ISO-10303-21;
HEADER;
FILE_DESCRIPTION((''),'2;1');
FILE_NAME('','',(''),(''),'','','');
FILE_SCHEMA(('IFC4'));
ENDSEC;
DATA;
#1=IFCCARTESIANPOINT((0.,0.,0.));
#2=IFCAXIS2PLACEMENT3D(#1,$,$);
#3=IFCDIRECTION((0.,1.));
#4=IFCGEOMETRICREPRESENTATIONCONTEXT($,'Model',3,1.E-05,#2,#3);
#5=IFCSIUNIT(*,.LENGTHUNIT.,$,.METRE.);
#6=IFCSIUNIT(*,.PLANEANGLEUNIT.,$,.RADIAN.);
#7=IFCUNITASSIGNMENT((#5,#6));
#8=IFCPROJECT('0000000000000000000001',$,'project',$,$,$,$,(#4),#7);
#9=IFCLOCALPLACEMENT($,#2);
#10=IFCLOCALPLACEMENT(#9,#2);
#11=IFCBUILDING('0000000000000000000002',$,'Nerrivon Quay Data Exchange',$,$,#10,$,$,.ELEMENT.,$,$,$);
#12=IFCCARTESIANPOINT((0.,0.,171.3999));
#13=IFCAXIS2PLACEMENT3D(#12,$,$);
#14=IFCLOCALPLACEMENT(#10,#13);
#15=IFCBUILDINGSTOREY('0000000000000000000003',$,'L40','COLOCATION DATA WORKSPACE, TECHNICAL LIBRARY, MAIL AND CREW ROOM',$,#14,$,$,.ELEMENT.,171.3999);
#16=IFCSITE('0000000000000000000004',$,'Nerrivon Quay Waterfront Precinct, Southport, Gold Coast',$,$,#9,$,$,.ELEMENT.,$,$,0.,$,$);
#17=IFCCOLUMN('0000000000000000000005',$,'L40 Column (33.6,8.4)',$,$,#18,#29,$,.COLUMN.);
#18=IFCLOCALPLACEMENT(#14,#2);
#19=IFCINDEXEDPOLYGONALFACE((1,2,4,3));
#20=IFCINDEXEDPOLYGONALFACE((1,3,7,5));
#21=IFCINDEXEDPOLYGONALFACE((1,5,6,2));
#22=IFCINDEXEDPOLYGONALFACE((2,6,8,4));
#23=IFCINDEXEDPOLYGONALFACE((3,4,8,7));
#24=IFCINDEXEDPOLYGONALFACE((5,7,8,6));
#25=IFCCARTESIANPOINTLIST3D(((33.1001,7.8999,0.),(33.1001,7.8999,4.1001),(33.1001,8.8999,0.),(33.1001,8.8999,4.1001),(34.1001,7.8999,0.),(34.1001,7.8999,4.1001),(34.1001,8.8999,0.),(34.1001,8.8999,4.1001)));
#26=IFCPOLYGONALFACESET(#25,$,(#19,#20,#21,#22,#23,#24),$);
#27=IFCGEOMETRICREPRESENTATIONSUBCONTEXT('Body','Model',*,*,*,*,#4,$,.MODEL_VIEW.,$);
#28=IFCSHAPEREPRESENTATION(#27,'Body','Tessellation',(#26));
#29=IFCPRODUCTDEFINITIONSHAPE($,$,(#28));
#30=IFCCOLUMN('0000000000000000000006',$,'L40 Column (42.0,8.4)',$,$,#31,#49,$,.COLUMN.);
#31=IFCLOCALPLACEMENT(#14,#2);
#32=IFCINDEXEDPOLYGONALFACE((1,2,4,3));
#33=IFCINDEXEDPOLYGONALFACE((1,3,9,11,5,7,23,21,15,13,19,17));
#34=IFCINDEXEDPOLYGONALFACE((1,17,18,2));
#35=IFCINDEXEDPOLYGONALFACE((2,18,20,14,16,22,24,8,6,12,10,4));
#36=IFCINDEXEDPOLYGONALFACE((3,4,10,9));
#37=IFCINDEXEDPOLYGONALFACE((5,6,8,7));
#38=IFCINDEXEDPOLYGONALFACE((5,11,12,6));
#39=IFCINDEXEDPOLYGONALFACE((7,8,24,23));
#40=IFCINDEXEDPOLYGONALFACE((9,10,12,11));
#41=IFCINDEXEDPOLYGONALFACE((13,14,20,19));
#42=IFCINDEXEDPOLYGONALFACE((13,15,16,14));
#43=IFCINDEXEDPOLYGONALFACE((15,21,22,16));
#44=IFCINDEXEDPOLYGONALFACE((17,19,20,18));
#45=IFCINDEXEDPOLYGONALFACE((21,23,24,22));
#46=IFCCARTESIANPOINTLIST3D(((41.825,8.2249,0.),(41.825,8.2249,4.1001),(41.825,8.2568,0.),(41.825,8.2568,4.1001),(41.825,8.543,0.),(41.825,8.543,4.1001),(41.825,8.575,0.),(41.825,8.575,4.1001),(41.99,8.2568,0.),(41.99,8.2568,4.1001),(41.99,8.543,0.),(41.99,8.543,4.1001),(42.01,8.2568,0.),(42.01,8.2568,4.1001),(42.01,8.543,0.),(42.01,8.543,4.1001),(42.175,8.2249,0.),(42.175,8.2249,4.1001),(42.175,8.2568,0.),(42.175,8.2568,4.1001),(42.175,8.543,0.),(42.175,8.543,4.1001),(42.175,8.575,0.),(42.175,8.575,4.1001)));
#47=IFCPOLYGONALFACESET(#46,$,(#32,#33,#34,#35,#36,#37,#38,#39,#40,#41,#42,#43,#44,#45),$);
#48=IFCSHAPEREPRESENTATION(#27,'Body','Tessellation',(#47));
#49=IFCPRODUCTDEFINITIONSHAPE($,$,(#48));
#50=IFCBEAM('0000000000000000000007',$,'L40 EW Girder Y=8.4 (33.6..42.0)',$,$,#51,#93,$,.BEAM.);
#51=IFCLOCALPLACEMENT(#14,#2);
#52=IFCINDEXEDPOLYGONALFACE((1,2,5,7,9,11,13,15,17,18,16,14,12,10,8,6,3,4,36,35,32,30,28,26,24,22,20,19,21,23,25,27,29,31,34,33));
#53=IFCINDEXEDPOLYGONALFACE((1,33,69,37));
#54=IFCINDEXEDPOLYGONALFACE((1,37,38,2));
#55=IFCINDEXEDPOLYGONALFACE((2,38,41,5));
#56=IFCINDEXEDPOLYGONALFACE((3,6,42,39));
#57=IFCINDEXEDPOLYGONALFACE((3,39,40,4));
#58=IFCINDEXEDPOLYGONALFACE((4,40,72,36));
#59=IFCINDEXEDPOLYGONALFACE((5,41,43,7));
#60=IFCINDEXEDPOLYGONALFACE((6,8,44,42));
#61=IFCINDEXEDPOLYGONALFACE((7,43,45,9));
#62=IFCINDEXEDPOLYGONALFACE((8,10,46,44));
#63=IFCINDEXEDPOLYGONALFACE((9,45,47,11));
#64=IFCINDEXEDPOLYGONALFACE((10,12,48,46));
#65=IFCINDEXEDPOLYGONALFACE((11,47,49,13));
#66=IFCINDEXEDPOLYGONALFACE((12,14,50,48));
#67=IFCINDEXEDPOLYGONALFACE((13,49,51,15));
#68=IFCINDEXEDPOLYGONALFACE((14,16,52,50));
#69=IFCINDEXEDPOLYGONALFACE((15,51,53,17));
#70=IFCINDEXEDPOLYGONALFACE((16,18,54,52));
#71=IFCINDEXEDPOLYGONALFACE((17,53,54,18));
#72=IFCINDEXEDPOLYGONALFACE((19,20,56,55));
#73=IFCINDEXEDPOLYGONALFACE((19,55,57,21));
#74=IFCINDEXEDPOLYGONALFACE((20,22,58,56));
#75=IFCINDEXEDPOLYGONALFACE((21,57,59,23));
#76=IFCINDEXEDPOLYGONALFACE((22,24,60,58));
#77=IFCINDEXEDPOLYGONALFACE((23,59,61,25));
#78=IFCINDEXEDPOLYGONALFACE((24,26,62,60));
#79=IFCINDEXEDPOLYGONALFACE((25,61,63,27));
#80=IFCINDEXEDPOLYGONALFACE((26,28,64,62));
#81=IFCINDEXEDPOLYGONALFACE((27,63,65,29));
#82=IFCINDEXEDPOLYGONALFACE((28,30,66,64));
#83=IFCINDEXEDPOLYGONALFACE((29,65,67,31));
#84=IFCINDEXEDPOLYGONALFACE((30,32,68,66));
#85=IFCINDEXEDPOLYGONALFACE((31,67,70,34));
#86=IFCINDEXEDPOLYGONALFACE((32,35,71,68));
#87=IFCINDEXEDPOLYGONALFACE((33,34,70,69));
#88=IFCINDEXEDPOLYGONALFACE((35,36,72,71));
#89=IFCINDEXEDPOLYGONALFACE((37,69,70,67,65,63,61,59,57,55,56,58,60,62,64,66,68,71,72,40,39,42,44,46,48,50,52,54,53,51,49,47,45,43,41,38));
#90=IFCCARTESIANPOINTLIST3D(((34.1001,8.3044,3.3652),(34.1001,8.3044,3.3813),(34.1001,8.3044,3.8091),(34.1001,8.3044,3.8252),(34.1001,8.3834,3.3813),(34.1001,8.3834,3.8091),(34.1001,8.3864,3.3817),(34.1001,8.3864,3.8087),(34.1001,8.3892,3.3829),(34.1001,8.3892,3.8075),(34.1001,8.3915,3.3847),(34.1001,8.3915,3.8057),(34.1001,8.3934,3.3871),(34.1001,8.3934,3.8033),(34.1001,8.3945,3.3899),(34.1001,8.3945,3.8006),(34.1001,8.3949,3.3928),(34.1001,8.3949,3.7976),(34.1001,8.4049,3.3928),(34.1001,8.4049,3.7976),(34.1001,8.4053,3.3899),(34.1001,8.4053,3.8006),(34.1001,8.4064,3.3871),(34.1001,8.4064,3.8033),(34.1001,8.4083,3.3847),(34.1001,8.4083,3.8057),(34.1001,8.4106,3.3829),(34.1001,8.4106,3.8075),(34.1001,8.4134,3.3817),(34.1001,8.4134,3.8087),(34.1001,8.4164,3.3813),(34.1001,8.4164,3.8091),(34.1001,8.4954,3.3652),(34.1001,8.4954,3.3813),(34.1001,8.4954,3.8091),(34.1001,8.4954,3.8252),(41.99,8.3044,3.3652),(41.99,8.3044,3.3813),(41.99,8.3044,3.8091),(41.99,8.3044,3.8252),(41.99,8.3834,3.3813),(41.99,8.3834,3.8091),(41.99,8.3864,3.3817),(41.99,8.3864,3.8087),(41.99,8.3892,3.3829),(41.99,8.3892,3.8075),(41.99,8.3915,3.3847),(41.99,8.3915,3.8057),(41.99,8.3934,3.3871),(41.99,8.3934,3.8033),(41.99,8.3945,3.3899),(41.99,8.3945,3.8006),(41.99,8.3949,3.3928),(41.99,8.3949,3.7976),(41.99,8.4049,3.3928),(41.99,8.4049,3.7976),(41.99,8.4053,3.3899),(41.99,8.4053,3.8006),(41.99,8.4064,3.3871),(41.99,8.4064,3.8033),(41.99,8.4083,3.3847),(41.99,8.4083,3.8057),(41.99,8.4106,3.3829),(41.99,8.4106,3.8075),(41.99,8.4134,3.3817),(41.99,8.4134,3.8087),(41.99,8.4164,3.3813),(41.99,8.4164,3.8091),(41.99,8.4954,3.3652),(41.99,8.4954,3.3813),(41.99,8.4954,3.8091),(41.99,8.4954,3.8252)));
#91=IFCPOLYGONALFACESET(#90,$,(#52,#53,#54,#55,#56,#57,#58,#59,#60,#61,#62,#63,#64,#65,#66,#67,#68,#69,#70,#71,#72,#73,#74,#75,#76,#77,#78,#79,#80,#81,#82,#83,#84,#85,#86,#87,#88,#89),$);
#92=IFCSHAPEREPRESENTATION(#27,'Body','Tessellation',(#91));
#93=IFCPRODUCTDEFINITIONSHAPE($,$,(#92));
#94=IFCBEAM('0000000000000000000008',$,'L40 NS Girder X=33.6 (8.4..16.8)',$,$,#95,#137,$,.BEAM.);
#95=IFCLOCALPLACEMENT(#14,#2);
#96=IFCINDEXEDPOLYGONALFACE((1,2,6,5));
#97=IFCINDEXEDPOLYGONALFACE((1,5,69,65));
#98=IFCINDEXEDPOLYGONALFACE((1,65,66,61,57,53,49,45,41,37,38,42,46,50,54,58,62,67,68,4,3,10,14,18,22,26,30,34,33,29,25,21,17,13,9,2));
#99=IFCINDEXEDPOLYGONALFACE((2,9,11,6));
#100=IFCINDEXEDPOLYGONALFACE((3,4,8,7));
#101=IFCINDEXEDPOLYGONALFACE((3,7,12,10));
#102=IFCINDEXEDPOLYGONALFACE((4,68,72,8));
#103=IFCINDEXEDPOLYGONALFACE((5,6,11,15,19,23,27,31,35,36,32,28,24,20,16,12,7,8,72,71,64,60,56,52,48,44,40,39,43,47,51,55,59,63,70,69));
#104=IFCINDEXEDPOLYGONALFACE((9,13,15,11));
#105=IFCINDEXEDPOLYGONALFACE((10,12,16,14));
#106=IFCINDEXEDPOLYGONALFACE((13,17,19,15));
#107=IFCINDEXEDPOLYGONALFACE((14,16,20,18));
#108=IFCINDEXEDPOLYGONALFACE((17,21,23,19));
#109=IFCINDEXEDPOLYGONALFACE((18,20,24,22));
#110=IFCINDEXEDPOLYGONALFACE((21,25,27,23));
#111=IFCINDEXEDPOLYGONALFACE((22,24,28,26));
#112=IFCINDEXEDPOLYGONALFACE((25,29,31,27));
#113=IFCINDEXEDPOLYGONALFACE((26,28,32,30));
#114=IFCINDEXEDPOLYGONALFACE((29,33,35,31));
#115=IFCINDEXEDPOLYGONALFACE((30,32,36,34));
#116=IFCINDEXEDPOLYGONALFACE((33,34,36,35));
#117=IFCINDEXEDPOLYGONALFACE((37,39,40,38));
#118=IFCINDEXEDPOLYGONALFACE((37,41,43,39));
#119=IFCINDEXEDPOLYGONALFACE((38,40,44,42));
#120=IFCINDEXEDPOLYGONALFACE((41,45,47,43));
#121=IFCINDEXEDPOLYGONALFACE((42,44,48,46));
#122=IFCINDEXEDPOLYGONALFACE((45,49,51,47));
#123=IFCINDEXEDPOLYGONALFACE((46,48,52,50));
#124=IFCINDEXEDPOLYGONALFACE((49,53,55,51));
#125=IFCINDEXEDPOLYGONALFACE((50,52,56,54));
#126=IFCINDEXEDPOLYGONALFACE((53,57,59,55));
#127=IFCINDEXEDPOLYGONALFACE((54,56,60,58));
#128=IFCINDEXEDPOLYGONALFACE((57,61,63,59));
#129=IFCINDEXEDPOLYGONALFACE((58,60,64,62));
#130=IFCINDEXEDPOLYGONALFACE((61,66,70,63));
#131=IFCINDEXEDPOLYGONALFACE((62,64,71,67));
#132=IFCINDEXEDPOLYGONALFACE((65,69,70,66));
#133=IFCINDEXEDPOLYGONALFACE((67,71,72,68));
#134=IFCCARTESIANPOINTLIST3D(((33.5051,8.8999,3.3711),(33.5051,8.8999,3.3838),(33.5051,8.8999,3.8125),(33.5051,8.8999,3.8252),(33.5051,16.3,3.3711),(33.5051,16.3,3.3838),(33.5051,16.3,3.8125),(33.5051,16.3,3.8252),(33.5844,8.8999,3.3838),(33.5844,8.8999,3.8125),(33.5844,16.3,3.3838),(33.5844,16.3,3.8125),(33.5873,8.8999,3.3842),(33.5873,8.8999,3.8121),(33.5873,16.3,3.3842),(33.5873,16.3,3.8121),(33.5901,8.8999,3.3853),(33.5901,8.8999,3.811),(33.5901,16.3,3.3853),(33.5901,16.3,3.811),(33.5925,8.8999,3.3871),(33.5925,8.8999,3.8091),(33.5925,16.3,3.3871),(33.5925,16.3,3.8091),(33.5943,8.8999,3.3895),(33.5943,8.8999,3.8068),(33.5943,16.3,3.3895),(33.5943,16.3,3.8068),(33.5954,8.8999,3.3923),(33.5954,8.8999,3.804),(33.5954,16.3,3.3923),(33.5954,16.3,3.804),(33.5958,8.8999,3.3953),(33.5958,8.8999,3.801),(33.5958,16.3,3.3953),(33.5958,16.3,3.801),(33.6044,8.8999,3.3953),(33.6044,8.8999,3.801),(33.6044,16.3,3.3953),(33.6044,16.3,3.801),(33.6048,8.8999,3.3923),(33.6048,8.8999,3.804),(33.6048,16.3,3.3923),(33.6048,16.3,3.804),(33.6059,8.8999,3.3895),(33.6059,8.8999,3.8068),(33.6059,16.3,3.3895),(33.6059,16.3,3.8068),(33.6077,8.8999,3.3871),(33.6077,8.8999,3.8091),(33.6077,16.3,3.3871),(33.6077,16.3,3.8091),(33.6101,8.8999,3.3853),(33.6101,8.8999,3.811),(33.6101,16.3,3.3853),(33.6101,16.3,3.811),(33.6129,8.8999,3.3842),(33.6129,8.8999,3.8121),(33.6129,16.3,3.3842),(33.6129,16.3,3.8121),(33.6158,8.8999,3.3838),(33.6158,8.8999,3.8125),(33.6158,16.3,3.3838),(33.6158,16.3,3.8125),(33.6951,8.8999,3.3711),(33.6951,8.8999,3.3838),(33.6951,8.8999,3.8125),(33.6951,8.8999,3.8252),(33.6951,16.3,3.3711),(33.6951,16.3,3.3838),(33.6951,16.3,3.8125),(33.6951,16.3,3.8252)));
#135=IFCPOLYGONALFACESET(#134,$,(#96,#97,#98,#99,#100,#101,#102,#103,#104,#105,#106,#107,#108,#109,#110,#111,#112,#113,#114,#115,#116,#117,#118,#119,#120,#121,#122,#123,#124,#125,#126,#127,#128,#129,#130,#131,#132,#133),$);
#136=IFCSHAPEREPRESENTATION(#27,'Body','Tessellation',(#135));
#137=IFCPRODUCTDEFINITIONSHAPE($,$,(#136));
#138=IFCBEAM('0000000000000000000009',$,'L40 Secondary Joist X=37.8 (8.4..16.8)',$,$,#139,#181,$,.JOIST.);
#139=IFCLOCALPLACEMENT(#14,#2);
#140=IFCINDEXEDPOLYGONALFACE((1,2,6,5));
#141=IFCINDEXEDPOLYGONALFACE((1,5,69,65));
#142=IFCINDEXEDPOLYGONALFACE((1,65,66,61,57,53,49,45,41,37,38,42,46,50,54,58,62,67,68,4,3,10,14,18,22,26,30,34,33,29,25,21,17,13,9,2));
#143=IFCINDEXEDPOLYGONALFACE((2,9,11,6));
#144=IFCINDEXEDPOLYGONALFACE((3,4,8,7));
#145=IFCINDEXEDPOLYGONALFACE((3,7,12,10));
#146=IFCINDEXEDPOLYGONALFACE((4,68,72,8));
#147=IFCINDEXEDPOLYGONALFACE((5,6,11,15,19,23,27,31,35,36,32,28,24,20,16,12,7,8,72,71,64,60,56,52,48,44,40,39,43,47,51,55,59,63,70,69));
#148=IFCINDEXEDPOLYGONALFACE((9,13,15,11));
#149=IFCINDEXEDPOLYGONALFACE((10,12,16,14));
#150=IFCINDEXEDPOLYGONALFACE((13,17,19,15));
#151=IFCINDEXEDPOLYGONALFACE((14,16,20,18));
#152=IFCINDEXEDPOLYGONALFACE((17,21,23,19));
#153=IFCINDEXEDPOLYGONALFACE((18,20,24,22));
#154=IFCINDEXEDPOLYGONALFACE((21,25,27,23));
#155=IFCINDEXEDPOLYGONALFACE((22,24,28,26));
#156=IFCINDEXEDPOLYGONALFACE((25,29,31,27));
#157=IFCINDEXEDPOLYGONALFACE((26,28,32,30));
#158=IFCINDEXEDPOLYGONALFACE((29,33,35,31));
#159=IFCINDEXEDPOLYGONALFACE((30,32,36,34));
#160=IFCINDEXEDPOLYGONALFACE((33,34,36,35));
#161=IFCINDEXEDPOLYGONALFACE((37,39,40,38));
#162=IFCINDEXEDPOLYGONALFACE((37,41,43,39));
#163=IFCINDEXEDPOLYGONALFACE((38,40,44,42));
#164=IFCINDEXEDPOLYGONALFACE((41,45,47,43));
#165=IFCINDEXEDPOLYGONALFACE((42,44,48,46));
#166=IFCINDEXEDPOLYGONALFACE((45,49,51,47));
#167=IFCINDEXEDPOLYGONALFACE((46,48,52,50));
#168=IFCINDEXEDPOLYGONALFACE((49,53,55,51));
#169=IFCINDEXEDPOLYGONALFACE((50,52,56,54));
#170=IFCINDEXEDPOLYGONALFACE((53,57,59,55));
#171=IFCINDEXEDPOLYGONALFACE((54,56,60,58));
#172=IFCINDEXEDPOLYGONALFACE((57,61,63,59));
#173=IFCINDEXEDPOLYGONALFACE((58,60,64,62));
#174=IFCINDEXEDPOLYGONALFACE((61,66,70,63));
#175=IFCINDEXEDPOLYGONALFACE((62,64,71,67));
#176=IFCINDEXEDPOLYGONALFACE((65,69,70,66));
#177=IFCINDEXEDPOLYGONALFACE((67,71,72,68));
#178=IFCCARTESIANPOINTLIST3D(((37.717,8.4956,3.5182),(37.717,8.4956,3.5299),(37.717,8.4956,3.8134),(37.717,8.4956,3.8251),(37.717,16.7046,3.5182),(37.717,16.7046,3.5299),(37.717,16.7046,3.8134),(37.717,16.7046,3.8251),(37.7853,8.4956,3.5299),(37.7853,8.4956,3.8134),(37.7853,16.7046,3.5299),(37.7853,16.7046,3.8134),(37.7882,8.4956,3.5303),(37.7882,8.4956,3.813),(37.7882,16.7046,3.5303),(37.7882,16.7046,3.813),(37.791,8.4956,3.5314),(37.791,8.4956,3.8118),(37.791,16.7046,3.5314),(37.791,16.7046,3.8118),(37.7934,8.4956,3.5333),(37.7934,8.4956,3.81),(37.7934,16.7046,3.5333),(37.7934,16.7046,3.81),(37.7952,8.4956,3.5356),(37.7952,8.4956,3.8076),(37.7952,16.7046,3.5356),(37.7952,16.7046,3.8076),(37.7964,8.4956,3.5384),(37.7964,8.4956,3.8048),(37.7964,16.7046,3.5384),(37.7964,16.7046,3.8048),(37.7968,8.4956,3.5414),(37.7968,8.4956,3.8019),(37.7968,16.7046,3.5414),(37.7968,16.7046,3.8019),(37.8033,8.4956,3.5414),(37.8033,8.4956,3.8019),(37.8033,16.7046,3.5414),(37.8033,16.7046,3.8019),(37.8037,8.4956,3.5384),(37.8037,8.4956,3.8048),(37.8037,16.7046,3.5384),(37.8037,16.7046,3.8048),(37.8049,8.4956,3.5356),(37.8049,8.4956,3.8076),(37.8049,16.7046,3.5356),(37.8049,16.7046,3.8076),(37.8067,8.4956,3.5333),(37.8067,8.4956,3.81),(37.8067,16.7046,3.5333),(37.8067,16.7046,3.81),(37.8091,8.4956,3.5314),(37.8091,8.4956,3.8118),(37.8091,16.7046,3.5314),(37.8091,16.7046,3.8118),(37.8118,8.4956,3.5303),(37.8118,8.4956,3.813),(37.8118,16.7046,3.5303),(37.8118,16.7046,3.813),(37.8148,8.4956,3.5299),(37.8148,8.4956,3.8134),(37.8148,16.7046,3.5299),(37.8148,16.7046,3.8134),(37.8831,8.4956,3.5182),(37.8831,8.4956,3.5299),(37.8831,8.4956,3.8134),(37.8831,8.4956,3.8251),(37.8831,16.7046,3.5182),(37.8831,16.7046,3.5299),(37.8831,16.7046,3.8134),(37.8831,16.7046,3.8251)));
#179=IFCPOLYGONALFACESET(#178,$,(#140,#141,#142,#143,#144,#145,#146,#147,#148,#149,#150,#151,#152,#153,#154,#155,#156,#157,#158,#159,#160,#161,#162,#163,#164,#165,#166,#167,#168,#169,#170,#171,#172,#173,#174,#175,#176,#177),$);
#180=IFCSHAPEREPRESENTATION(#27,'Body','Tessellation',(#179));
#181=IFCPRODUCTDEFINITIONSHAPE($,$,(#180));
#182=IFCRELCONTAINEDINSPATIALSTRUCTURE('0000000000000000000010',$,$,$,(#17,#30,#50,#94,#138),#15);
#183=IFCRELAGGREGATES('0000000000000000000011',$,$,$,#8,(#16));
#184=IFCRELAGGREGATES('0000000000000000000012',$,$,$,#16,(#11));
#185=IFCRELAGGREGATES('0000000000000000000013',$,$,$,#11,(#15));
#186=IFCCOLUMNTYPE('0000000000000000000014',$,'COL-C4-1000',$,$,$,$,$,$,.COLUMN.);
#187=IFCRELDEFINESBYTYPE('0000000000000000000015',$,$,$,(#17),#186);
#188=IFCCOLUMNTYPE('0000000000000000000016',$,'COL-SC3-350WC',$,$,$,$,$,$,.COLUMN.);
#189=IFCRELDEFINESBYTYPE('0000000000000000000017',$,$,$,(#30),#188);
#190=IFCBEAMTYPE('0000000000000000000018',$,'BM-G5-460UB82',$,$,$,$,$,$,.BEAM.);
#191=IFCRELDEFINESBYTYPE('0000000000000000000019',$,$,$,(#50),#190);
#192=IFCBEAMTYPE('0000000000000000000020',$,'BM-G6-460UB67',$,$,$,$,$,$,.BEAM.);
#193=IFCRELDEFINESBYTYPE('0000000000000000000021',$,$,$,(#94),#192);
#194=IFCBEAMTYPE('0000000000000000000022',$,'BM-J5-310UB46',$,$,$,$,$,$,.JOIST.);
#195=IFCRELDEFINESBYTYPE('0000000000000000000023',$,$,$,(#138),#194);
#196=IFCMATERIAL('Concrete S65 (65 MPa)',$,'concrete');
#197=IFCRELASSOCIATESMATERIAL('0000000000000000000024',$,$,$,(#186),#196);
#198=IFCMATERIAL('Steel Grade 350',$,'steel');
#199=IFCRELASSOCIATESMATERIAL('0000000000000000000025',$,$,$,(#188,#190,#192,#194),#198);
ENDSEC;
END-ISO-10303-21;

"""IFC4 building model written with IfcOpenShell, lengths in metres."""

from ifc_helpers import new_model, si_unit, direction, frame, origin, origin_2d, place, context, subcontext, project, spatial, rectangle, i_section, extrude, material, material_profile, profile_set, type_object, element, save


model = new_model("IFC4")

# Units and contexts
model_context = context("Model", 3, precision=1e-05, world=origin(), true_north=direction((0.0, 1.0)))
body_context = subcontext(model_context, "Body", "Model", "MODEL_VIEW")
ifc_project = project(units=[si_unit("LENGTHUNIT", "METRE"), si_unit("PLANEANGLEUNIT", "RADIAN")], contexts=[model_context])

# Site, building, storey
site_placement = place(None, origin())
site = spatial("IfcSite", under=ifc_project, at=site_placement, Name="Nerrivon Quay Waterfront Precinct, Southport, Gold Coast", CompositionType="ELEMENT", RefElevation=0.0)
building_placement = place(site_placement, origin())
building = spatial("IfcBuilding", under=site, at=building_placement, Name="Nerrivon Quay Data Exchange", CompositionType="ELEMENT")
storey_placement = place(building_placement, frame((0.0, 0.0, 171.3999)))
storey = spatial("IfcBuildingStorey", under=building, at=storey_placement, Name="L40", Description="COLOCATION DATA WORKSPACE, TECHNICAL LIBRARY, MAIL AND CREW ROOM", CompositionType="ELEMENT", Elevation=171.3999)

# Columns
ifc_material_1 = material(Name="Concrete S65 (65 MPa)", Category="concrete")
ifc_material_profile_1 = material_profile(ifc_material_1, rectangle(XDim=1.0, YDim=1.0, at=origin_2d()), Name="RC-COL-1000x1000")
ifc_profile_set_1 = profile_set([ifc_material_profile_1], Name="Concrete S65 (65 MPa)")
column_type_1 = type_object("IfcColumnType", Name="COL-C4-1000", PredefinedType="COLUMN", material=ifc_profile_set_1)
column_1_placement = place(storey_placement, frame((33.6001, 8.3999, 0.0), z_axis=(0.0, 0.0, 1.0), x_axis=(1.0, 0.0, 0.0)))
element("IfcColumn", 1, at=column_1_placement, inside=storey, type_object=column_type_1, Name="L40 Column (33.6,8.4)", PredefinedType="COLUMN", context=body_context, shape_type="SweptSolid", body=[
    extrude(rectangle(XDim=1.0, YDim=1.0, at=origin_2d()), origin(), (0.0, 0.0, 1.0), 4.1001),
])
ifc_material_2 = material(Name="Steel Grade 350", Category="steel")
ifc_material_profile_2 = material_profile(ifc_material_2, i_section(OverallWidth=0.3501, OverallDepth=0.3501, WebThickness=0.02, FlangeThickness=0.032, at=origin_2d()), Name="350WC230")
ifc_profile_set_2 = profile_set([ifc_material_profile_2], Name="Steel Grade 350")
column_type_2 = type_object("IfcColumnType", Name="COL-SC3-350WC", PredefinedType="COLUMN", material=ifc_profile_set_2)
column_2_placement = place(storey_placement, frame((42.0, 8.3999, 0.0), z_axis=(0.0, 0.0, 1.0), x_axis=(1.0, 0.0, 0.0)))
element("IfcColumn", 2, at=column_2_placement, inside=storey, type_object=column_type_2, Name="L40 Column (42.0,8.4)", PredefinedType="COLUMN", context=body_context, shape_type="SweptSolid", body=[
    extrude(i_section(OverallWidth=0.3501, OverallDepth=0.3501, WebThickness=0.02, FlangeThickness=0.032, at=origin_2d()), origin(), (0.0, 0.0, 1.0), 4.1001),
])

# Beams
ifc_material_profile_3 = material_profile(ifc_material_2, i_section(OverallWidth=0.1909, OverallDepth=0.46, WebThickness=0.01, FlangeThickness=0.0161, FilletRadius=0.0115, at=origin_2d()), Name="460UB82.1")
ifc_profile_set_3 = profile_set([ifc_material_profile_3], Name="Steel Grade 350")
beam_type_1 = type_object("IfcBeamType", Name="BM-G5-460UB82", PredefinedType="BEAM", material=ifc_profile_set_3)
beam_1_placement = place(storey_placement, frame((34.1001, 8.3999, 3.5952), z_axis=(1.0, 0.0, 0.0), x_axis=(0.0, 1.0, 0.0)))
element("IfcBeam", 3, at=beam_1_placement, inside=storey, type_object=beam_type_1, Name="L40 EW Girder Y=8.4 (33.6..42.0)", PredefinedType="BEAM", context=body_context, shape_type="SweptSolid", body=[
    extrude(i_section(OverallWidth=0.1909, OverallDepth=0.46, WebThickness=0.01, FlangeThickness=0.0161, FilletRadius=0.0115, at=origin_2d()), origin(), (0.0, 0.0, 1.0), 7.8899),
])
ifc_material_profile_4 = material_profile(ifc_material_2, i_section(OverallWidth=0.1899, OverallDepth=0.4541, WebThickness=0.0085, FlangeThickness=0.0127, FilletRadius=0.0115, at=origin_2d()), Name="460UB67.1")
ifc_profile_set_4 = profile_set([ifc_material_profile_4], Name="Steel Grade 350")
beam_type_2 = type_object("IfcBeamType", Name="BM-G6-460UB67", PredefinedType="BEAM", material=ifc_profile_set_4)
beam_2_placement = place(storey_placement, frame((33.6001, 8.8999, 3.5981), z_axis=(0.0, 1.0, 0.0), x_axis=(-1.0, 0.0, 0.0)))
element("IfcBeam", 4, at=beam_2_placement, inside=storey, type_object=beam_type_2, Name="L40 NS Girder X=33.6 (8.4..16.8)", PredefinedType="BEAM", context=body_context, shape_type="SweptSolid", body=[
    extrude(i_section(OverallWidth=0.1899, OverallDepth=0.4541, WebThickness=0.0085, FlangeThickness=0.0127, FilletRadius=0.0115, at=origin_2d()), origin(), (0.0, 0.0, 1.0), 7.4001),
])
ifc_material_profile_5 = material_profile(ifc_material_2, i_section(OverallWidth=0.166, OverallDepth=0.3069, WebThickness=0.0066, FlangeThickness=0.0117, FilletRadius=0.0115, at=origin_2d()), Name="310UB46.2")
ifc_profile_set_5 = profile_set([ifc_material_profile_5], Name="Steel Grade 350")
beam_type_3 = type_object("IfcBeamType", Name="BM-J5-310UB46", PredefinedType="JOIST", material=ifc_profile_set_5)
beam_3_placement = place(storey_placement, frame((37.8, 8.4956, 3.6716), z_axis=(0.0, 1.0, 0.0), x_axis=(-1.0, 0.0, 0.0)))
element("IfcBeam", 5, at=beam_3_placement, inside=storey, type_object=beam_type_3, Name="L40 Secondary Joist X=37.8 (8.4..16.8)", PredefinedType="JOIST", context=body_context, shape_type="SweptSolid", body=[
    extrude(i_section(OverallWidth=0.166, OverallDepth=0.3069, WebThickness=0.0066, FlangeThickness=0.0117, FilletRadius=0.0115, at=origin_2d()), origin(), (0.0, 0.0, 1.0), 8.209),
])

save(model, "model.ifc")
